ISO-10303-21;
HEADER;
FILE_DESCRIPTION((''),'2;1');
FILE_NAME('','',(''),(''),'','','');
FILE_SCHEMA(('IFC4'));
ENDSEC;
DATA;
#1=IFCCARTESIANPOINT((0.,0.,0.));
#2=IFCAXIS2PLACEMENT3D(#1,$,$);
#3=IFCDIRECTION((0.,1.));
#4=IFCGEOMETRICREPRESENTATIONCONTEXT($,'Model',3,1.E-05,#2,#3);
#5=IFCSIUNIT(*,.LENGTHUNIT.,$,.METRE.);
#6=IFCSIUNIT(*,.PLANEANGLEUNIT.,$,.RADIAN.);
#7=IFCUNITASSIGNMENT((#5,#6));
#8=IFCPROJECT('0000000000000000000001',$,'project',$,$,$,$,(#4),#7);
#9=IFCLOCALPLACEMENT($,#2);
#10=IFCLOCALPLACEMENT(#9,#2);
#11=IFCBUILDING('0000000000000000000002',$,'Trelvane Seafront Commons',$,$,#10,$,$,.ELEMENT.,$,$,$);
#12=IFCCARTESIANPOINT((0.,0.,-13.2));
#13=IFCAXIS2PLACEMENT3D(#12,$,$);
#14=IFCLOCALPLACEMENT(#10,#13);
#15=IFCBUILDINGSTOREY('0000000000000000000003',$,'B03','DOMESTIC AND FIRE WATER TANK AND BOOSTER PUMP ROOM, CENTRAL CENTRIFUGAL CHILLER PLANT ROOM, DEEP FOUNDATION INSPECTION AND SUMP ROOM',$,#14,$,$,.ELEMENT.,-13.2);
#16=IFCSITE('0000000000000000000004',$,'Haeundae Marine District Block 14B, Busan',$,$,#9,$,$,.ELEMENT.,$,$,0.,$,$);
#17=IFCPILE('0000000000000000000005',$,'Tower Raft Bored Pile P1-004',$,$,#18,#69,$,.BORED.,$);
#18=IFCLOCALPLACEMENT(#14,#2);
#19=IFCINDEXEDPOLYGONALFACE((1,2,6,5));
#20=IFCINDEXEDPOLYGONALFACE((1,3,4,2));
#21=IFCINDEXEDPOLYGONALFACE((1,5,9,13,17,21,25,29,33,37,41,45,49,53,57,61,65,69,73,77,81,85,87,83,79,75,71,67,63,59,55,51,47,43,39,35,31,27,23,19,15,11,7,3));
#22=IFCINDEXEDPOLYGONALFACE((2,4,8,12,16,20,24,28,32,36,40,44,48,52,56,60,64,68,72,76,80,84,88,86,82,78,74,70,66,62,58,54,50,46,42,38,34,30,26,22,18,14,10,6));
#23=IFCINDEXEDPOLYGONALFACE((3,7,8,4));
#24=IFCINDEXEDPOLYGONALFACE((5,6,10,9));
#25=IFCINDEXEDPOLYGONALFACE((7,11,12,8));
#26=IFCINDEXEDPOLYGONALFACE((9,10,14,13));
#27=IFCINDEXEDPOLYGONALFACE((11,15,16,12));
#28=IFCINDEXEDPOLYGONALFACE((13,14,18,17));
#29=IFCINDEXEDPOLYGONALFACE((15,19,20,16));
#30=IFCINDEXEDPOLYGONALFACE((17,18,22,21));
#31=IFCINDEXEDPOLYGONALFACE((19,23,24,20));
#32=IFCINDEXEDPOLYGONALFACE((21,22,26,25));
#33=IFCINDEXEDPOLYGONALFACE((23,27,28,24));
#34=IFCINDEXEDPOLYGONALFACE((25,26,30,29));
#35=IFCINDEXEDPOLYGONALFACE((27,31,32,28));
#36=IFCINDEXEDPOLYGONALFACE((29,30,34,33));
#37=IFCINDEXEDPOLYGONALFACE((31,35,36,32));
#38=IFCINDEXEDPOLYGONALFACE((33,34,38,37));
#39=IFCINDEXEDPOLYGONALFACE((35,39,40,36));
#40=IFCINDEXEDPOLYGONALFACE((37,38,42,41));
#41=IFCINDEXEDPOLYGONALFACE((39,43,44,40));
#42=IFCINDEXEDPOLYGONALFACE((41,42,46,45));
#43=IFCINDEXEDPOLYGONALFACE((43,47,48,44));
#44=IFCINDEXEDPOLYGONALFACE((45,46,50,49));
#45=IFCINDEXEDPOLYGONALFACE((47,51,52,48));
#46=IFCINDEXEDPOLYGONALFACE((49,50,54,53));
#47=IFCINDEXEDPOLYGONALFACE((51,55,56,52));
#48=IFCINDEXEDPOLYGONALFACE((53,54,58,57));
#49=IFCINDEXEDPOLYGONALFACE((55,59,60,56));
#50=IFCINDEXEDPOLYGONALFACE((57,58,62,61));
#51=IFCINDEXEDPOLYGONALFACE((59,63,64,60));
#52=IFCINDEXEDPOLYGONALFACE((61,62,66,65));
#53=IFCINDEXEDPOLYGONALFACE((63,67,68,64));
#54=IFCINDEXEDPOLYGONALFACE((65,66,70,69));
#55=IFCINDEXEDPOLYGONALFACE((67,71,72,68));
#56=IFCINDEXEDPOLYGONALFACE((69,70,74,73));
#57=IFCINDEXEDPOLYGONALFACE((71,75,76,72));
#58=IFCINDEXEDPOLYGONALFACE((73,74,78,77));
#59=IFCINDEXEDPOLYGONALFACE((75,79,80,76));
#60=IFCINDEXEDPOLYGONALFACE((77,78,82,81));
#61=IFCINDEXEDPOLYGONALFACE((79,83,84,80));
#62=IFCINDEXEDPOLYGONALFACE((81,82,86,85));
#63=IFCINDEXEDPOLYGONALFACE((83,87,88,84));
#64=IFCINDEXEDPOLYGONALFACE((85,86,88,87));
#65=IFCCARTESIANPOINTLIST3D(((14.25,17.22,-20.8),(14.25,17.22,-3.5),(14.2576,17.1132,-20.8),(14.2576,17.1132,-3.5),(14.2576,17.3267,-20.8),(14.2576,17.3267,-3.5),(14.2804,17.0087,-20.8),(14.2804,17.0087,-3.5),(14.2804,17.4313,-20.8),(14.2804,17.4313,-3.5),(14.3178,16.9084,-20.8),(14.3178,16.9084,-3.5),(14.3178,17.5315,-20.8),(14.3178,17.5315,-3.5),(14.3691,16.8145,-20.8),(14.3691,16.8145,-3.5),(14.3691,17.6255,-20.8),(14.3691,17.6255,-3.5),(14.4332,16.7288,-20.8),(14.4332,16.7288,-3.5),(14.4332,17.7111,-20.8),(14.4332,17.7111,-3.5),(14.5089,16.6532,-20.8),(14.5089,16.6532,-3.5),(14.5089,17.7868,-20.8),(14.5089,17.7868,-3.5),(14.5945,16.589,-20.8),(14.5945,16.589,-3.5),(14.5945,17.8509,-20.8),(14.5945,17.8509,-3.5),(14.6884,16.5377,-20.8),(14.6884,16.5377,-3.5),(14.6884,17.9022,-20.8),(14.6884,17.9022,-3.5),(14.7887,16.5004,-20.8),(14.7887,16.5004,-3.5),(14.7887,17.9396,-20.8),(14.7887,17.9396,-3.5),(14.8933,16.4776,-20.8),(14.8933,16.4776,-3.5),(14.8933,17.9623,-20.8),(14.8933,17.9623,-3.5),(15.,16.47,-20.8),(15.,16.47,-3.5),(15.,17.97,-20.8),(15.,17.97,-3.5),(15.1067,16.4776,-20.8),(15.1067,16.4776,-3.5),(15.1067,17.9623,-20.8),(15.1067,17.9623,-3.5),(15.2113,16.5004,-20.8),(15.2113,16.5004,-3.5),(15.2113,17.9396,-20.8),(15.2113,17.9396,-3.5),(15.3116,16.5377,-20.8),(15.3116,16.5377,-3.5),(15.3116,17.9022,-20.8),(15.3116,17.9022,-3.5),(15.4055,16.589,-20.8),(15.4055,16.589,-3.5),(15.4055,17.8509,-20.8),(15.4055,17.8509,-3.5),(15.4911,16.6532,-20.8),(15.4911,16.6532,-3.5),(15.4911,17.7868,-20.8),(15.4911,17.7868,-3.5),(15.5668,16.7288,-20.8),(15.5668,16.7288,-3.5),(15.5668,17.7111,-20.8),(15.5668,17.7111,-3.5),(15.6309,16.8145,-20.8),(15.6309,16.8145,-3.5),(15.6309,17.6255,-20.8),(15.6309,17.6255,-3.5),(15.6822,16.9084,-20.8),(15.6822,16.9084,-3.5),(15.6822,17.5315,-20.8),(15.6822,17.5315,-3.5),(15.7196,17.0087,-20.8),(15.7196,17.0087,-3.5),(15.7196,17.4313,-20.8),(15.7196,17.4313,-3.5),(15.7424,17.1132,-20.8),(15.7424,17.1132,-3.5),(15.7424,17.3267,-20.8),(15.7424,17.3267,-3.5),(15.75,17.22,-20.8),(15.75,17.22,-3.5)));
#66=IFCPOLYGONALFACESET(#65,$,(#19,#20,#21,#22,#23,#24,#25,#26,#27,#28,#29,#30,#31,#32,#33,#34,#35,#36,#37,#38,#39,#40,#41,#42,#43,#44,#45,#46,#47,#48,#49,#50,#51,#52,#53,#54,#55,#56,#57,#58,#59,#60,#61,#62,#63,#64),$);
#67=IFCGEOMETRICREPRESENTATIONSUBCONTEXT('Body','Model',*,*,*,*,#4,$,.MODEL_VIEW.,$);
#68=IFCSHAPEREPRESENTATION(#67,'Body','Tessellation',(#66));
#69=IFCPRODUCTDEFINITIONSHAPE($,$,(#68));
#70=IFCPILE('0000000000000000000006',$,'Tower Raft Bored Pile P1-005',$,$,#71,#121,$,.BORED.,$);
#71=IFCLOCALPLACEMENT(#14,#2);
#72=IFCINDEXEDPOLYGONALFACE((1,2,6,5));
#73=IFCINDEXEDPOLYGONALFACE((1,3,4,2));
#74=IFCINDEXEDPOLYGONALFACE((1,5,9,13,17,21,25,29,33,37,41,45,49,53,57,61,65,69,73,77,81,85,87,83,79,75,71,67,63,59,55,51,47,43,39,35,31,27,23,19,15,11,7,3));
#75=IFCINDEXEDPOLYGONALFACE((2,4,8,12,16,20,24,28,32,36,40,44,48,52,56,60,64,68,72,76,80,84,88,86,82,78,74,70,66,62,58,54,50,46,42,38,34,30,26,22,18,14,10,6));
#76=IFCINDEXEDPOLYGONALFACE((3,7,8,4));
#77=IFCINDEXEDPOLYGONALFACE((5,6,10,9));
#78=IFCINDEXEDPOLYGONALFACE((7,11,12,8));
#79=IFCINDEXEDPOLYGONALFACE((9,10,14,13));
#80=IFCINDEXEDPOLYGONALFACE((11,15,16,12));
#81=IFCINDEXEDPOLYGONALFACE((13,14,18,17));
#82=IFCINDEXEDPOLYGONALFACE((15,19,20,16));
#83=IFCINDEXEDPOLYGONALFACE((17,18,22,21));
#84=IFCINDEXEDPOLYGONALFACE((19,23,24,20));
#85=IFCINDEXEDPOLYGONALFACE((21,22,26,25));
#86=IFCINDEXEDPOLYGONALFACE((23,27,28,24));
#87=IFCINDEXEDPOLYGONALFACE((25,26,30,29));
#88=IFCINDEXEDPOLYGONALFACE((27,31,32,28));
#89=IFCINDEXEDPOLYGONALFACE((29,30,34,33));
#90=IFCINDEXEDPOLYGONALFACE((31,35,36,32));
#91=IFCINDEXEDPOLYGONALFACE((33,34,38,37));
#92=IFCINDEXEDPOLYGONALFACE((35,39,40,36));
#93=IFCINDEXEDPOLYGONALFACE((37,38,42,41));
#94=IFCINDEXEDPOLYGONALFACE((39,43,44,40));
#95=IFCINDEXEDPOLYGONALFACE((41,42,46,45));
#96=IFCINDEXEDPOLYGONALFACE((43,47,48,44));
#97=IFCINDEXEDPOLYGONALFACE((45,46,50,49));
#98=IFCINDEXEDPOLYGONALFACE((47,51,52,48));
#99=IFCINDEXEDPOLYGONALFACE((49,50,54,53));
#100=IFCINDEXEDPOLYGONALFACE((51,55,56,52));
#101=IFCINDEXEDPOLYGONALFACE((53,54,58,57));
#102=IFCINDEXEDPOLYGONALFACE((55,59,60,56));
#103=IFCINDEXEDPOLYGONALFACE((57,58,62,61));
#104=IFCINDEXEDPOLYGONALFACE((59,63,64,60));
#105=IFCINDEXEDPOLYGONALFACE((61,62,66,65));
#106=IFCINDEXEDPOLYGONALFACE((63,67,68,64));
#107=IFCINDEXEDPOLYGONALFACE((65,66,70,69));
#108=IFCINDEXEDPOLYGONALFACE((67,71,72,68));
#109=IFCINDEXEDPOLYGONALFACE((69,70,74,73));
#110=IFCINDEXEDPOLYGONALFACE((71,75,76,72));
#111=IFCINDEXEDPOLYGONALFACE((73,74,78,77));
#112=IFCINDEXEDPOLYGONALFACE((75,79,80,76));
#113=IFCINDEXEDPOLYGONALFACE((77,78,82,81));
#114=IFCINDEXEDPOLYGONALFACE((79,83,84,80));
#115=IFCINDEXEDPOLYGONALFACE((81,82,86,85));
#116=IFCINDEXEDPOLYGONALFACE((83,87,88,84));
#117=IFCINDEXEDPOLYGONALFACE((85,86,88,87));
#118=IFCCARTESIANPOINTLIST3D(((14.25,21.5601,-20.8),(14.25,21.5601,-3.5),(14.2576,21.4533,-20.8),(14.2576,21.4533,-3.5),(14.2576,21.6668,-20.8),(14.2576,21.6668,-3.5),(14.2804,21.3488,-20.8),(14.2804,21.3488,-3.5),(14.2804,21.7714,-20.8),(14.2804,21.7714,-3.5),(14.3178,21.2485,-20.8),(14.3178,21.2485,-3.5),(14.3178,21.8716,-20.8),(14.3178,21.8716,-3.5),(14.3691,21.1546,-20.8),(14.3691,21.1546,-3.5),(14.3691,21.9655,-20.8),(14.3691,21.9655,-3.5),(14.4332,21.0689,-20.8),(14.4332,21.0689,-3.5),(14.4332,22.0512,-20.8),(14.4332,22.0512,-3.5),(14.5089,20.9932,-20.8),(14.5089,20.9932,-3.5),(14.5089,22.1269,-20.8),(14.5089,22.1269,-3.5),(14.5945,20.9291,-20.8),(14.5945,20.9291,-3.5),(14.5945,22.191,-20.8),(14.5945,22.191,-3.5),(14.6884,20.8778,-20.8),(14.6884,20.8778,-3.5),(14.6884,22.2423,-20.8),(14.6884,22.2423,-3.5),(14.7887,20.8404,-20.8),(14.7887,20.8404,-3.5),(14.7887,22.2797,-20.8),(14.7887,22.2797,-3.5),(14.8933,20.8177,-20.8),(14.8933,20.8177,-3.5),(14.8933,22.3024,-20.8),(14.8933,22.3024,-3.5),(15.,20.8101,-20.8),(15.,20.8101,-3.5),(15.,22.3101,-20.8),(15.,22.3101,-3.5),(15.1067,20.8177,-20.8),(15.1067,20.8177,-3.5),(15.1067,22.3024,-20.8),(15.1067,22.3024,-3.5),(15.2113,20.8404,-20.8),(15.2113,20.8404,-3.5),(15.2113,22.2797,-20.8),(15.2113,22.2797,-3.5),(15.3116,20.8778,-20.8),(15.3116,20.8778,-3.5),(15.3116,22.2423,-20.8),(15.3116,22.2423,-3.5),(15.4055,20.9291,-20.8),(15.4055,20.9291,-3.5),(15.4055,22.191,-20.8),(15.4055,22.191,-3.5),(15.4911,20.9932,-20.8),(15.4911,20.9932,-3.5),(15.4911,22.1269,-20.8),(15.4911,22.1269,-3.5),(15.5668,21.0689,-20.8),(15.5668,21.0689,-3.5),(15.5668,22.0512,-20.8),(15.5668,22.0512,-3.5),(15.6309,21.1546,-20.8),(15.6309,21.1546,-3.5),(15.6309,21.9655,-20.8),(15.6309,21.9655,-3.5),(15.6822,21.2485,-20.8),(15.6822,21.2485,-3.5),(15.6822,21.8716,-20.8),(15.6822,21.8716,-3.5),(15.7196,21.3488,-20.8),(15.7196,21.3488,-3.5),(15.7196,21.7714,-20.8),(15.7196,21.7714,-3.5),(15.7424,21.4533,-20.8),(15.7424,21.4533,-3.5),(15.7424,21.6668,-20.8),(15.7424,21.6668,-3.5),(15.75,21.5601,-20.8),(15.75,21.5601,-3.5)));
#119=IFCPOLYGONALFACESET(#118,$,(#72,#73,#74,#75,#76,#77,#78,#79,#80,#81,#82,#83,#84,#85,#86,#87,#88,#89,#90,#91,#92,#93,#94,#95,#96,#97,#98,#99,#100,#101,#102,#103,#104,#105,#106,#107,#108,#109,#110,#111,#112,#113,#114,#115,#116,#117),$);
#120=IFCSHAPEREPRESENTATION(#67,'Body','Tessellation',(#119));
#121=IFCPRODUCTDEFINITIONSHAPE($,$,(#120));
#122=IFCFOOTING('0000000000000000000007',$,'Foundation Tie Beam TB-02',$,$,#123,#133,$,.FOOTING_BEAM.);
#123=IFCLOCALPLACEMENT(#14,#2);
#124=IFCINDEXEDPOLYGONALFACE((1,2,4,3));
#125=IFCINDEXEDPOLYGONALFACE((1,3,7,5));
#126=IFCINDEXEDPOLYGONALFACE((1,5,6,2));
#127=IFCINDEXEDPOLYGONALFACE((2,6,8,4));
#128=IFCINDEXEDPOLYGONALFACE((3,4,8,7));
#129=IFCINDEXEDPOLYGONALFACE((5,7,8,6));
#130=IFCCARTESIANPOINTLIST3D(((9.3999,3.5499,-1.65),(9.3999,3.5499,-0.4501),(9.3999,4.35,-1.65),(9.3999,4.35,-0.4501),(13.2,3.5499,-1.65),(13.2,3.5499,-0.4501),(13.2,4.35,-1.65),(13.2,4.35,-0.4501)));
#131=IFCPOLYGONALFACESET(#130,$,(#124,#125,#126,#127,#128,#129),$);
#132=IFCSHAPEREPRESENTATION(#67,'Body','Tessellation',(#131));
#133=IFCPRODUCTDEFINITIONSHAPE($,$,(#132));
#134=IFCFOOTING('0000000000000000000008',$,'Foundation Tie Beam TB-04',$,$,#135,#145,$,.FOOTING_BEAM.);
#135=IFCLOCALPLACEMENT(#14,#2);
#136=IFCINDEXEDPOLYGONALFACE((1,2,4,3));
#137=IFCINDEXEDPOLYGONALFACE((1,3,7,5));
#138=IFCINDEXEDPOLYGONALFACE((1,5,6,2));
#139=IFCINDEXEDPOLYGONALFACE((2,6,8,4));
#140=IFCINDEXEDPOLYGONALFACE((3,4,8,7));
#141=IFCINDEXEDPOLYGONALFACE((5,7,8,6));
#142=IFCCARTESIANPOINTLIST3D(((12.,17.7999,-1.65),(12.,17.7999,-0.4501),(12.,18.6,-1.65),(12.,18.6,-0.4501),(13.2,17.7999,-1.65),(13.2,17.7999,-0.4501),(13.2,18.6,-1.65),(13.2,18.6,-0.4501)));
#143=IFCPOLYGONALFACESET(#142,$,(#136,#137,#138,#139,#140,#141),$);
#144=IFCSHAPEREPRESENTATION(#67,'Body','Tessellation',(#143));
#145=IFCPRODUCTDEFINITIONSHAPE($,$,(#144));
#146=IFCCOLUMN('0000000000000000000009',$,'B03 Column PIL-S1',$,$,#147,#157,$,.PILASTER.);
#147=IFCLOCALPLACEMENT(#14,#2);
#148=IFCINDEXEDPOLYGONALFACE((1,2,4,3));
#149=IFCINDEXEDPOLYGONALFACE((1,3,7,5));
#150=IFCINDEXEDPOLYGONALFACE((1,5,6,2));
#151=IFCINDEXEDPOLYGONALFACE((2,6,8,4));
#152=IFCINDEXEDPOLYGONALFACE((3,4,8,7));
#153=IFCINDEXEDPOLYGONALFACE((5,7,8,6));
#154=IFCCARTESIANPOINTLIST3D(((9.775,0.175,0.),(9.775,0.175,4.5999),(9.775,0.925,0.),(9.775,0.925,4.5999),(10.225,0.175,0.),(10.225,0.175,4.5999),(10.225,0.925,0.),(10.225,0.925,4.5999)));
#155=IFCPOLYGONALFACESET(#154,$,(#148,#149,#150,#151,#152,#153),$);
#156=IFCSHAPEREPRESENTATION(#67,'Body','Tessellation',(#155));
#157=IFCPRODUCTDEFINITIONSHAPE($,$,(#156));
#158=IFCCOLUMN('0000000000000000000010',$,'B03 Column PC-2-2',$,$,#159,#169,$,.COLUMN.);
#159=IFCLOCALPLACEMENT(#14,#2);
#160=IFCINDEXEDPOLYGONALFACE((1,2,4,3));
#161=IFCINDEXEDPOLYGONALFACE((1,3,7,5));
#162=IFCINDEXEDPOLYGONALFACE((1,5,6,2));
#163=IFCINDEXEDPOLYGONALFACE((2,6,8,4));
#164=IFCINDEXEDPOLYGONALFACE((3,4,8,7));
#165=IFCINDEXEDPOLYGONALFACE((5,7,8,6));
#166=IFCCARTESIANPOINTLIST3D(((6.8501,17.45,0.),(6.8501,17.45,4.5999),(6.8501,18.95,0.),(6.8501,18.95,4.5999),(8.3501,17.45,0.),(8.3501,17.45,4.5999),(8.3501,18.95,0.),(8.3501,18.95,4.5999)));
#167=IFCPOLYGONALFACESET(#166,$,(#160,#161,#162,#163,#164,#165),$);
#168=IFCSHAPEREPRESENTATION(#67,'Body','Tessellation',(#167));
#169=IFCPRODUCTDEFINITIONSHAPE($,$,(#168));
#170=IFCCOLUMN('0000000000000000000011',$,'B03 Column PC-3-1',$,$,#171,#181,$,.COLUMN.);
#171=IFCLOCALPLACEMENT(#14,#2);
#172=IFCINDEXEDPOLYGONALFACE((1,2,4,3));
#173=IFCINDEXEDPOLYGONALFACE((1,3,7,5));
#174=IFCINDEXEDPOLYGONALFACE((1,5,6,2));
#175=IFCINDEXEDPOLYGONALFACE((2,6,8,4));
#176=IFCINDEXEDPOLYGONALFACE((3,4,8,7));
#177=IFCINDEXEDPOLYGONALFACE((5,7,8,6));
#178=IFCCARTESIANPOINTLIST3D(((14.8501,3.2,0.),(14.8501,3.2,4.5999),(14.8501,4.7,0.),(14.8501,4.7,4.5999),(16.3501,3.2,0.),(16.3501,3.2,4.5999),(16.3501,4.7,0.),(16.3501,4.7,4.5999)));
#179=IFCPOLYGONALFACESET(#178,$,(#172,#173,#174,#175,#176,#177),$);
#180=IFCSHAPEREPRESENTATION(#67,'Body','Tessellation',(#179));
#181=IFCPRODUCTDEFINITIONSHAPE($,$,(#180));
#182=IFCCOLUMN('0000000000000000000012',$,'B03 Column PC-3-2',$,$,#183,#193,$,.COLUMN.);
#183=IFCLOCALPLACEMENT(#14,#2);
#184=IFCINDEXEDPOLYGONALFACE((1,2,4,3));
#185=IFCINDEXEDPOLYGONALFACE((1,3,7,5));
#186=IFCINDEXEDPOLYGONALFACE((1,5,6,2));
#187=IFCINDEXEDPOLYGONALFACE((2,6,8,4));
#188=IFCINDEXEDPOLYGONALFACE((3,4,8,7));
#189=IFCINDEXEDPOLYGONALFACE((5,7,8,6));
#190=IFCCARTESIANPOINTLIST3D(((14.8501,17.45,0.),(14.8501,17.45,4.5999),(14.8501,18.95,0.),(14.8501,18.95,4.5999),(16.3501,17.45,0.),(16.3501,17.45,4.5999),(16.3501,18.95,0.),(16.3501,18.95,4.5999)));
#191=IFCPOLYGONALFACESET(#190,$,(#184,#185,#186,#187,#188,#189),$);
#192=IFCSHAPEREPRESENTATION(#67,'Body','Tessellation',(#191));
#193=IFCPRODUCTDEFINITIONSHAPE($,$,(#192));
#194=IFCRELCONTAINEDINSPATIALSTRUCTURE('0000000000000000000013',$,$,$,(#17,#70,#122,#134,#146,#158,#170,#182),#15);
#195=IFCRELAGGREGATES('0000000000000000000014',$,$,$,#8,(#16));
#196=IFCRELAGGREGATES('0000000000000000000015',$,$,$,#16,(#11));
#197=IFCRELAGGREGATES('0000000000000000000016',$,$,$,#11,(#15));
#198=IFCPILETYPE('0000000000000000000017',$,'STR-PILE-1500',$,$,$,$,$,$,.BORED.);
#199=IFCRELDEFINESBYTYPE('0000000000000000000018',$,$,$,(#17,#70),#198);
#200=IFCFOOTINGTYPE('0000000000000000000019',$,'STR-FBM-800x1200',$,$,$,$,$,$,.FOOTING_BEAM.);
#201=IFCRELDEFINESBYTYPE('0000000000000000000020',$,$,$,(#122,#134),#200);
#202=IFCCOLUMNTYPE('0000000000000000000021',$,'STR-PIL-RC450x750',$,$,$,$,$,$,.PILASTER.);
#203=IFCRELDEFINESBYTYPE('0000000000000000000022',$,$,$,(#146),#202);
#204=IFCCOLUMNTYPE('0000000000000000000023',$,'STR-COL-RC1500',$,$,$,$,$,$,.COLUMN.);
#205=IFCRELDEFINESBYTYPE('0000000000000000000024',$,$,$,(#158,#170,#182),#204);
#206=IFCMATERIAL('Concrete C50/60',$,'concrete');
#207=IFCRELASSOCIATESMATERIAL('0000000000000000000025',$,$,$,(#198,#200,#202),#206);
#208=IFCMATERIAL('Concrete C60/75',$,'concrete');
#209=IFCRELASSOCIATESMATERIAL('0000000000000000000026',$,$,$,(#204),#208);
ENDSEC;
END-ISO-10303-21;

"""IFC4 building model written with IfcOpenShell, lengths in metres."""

from ifc_helpers import new_model, si_unit, direction, frame, origin, origin_2d, place, context, subcontext, project, spatial, rectangle, circle, extrude, source, transform, mapped, material, material_profile, profile_set, type_object, element, save


model = new_model("IFC4")

# Units and contexts
model_context = context("Model", 3, precision=1e-05, world=origin(), true_north=direction((0.0, 1.0)))
body_context = subcontext(model_context, "Body", "Model", "MODEL_VIEW")
ifc_project = project(units=[si_unit("LENGTHUNIT", "METRE"), si_unit("PLANEANGLEUNIT", "RADIAN")], contexts=[model_context])

# Site, building, storey
site_placement = place(None, origin())
site = spatial("IfcSite", under=ifc_project, at=site_placement, Name="Haeundae Marine District Block 14B, Busan", CompositionType="ELEMENT", RefElevation=0.0)
building_placement = place(site_placement, origin())
building = spatial("IfcBuilding", under=site, at=building_placement, Name="Trelvane Seafront Commons", CompositionType="ELEMENT")
storey_placement = place(building_placement, frame((0.0, 0.0, -13.2)))
storey = spatial("IfcBuildingStorey", under=building, at=storey_placement, Name="B03", Description="DOMESTIC AND FIRE WATER TANK AND BOOSTER PUMP ROOM, CENTRAL CENTRIFUGAL CHILLER PLANT ROOM, DEEP FOUNDATION INSPECTION AND SUMP ROOM", CompositionType="ELEMENT", Elevation=-13.2)

# Piles
ifc_material_1 = material(Name="Concrete C50/60", Category="concrete")
ifc_material_profile_1 = material_profile(ifc_material_1, circle(Radius=0.75, at=origin_2d()), Name="PILE-1500")
ifc_profile_set_1 = profile_set([ifc_material_profile_1], Name="Concrete C50/60")
pile_type = type_object("IfcPileType", Name="STR-PILE-1500", PredefinedType="BORED", material=ifc_profile_set_1)
shared_shape_1 = source(origin(), body_context, "Body", "SweptSolid", [
    extrude(circle(Radius=0.75, at=origin_2d()), origin(), (0.0, 0.0, 1.0), 17.3),
])
for number, where, z_axis, x_axis, name in (
    (1, (15.0, 17.22, -3.5), (0.0, 0.0, -1.0), (1.0, 0.0, 0.0), "Tower Raft Bored Pile P1-004"),
    (2, (15.0, 21.5601, -3.5), (0.0, 0.0, -1.0), (1.0, 0.0, 0.0), "Tower Raft Bored Pile P1-005"),
):
    element("IfcPile", number, at=place(storey_placement, frame(where, z_axis=z_axis, x_axis=x_axis)), inside=storey, type_object=pile_type, Name=name, PredefinedType="BORED", context=body_context, shape_type="MappedRepresentation", body=[
        mapped(shared_shape_1, transform((0.0, 0.0, 0.0), x_axis=(1.0, 0.0, 0.0), y_axis=(0.0, 1.0, 0.0), z_axis=(0.0, 0.0, 1.0), scale=1.0)),
    ])

# Footings
ifc_material_profile_2 = material_profile(ifc_material_1, rectangle(XDim=0.8, YDim=1.2, at=origin_2d()), Name="TB-800x1200")
ifc_profile_set_2 = profile_set([ifc_material_profile_2], Name="Concrete C50/60")
footing_type = type_object("IfcFootingType", Name="STR-FBM-800x1200", PredefinedType="FOOTING_BEAM", material=ifc_profile_set_2)
shared_shape_2 = source(origin(), body_context, "Body", "SweptSolid", [
    extrude(rectangle(XDim=0.8, YDim=1.2, at=origin_2d()), origin(), (0.0, 0.0, 1.0), 3.8),
])
footing_1_placement = place(storey_placement, frame((9.3999, 3.95, -1.05), z_axis=(1.0, 0.0, 0.0), x_axis=(0.0, 1.0, 0.0)))
element("IfcFooting", 3, at=footing_1_placement, inside=storey, type_object=footing_type, Name="Foundation Tie Beam TB-02", PredefinedType="FOOTING_BEAM", context=body_context, shape_type="MappedRepresentation", body=[
    mapped(shared_shape_2, transform((0.0, 0.0, 0.0), x_axis=(1.0, 0.0, 0.0), y_axis=(0.0, 1.0, 0.0), z_axis=(0.0, 0.0, 1.0), scale=1.0)),
])
shared_shape_3 = source(origin(), body_context, "Body", "SweptSolid", [
    extrude(rectangle(XDim=0.8, YDim=1.2, at=origin_2d()), origin(), (0.0, 0.0, 1.0), 1.2),
])
footing_2_placement = place(storey_placement, frame((12.0, 18.2, -1.05), z_axis=(1.0, 0.0, 0.0), x_axis=(0.0, 1.0, 0.0)))
element("IfcFooting", 4, at=footing_2_placement, inside=storey, type_object=footing_type, Name="Foundation Tie Beam TB-04", PredefinedType="FOOTING_BEAM", context=body_context, shape_type="MappedRepresentation", body=[
    mapped(shared_shape_3, transform((0.0, 0.0, 0.0), x_axis=(1.0, 0.0, 0.0), y_axis=(0.0, 1.0, 0.0), z_axis=(0.0, 0.0, 1.0), scale=1.0)),
])

# Columns
ifc_material_profile_3 = material_profile(ifc_material_1, rectangle(XDim=0.45, YDim=0.75, at=origin_2d()), Name="RC-450x750")
ifc_profile_set_3 = profile_set([ifc_material_profile_3], Name="Concrete C50/60")
column_type_1 = type_object("IfcColumnType", Name="STR-PIL-RC450x750", PredefinedType="PILASTER", material=ifc_profile_set_3)
shared_shape_4 = source(origin(), body_context, "Body", "SweptSolid", [
    extrude(rectangle(XDim=0.45, YDim=0.75, at=origin_2d()), origin(), (0.0, 0.0, 1.0), 4.5999),
])
column_1_placement = place(storey_placement, frame((10.0, 0.55, 0.0), z_axis=(0.0, 0.0, 1.0), x_axis=(1.0, 0.0, 0.0)))
element("IfcColumn", 5, at=column_1_placement, inside=storey, type_object=column_type_1, Name="B03 Column PIL-S1", PredefinedType="PILASTER", context=body_context, shape_type="MappedRepresentation", body=[
    mapped(shared_shape_4, transform((0.0, 0.0, 0.0), x_axis=(1.0, 0.0, 0.0), y_axis=(0.0, 1.0, 0.0), z_axis=(0.0, 0.0, 1.0), scale=1.0)),
])
ifc_material_2 = material(Name="Concrete C60/75", Category="concrete")
ifc_material_profile_4 = material_profile(ifc_material_2, rectangle(XDim=1.5, YDim=1.5, at=origin_2d()), Name="RC-1500x1500")
ifc_profile_set_4 = profile_set([ifc_material_profile_4], Name="Concrete C60/75")
column_type_2 = type_object("IfcColumnType", Name="STR-COL-RC1500", PredefinedType="COLUMN", material=ifc_profile_set_4)
shared_shape_5 = source(origin(), body_context, "Body", "SweptSolid", [
    extrude(rectangle(XDim=1.5, YDim=1.5, at=origin_2d()), origin(), (0.0, 0.0, 1.0), 4.5999),
])
for number, where, z_axis, x_axis, name in (
    (6, (7.6001, 18.2, 0.0), (0.0, 0.0, 1.0), (1.0, 0.0, 0.0), "B03 Column PC-2-2"),
    (7, (15.6001, 3.95, 0.0), (0.0, 0.0, 1.0), (1.0, 0.0, 0.0), "B03 Column PC-3-1"),
    (8, (15.6001, 18.2, 0.0), (0.0, 0.0, 1.0), (1.0, 0.0, 0.0), "B03 Column PC-3-2"),
):
    element("IfcColumn", number, at=place(storey_placement, frame(where, z_axis=z_axis, x_axis=x_axis)), inside=storey, type_object=column_type_2, Name=name, PredefinedType="COLUMN", context=body_context, shape_type="MappedRepresentation", body=[
        mapped(shared_shape_5, transform((0.0, 0.0, 0.0), x_axis=(1.0, 0.0, 0.0), y_axis=(0.0, 1.0, 0.0), z_axis=(0.0, 0.0, 1.0), scale=1.0)),
    ])

save(model, "model.ifc")
